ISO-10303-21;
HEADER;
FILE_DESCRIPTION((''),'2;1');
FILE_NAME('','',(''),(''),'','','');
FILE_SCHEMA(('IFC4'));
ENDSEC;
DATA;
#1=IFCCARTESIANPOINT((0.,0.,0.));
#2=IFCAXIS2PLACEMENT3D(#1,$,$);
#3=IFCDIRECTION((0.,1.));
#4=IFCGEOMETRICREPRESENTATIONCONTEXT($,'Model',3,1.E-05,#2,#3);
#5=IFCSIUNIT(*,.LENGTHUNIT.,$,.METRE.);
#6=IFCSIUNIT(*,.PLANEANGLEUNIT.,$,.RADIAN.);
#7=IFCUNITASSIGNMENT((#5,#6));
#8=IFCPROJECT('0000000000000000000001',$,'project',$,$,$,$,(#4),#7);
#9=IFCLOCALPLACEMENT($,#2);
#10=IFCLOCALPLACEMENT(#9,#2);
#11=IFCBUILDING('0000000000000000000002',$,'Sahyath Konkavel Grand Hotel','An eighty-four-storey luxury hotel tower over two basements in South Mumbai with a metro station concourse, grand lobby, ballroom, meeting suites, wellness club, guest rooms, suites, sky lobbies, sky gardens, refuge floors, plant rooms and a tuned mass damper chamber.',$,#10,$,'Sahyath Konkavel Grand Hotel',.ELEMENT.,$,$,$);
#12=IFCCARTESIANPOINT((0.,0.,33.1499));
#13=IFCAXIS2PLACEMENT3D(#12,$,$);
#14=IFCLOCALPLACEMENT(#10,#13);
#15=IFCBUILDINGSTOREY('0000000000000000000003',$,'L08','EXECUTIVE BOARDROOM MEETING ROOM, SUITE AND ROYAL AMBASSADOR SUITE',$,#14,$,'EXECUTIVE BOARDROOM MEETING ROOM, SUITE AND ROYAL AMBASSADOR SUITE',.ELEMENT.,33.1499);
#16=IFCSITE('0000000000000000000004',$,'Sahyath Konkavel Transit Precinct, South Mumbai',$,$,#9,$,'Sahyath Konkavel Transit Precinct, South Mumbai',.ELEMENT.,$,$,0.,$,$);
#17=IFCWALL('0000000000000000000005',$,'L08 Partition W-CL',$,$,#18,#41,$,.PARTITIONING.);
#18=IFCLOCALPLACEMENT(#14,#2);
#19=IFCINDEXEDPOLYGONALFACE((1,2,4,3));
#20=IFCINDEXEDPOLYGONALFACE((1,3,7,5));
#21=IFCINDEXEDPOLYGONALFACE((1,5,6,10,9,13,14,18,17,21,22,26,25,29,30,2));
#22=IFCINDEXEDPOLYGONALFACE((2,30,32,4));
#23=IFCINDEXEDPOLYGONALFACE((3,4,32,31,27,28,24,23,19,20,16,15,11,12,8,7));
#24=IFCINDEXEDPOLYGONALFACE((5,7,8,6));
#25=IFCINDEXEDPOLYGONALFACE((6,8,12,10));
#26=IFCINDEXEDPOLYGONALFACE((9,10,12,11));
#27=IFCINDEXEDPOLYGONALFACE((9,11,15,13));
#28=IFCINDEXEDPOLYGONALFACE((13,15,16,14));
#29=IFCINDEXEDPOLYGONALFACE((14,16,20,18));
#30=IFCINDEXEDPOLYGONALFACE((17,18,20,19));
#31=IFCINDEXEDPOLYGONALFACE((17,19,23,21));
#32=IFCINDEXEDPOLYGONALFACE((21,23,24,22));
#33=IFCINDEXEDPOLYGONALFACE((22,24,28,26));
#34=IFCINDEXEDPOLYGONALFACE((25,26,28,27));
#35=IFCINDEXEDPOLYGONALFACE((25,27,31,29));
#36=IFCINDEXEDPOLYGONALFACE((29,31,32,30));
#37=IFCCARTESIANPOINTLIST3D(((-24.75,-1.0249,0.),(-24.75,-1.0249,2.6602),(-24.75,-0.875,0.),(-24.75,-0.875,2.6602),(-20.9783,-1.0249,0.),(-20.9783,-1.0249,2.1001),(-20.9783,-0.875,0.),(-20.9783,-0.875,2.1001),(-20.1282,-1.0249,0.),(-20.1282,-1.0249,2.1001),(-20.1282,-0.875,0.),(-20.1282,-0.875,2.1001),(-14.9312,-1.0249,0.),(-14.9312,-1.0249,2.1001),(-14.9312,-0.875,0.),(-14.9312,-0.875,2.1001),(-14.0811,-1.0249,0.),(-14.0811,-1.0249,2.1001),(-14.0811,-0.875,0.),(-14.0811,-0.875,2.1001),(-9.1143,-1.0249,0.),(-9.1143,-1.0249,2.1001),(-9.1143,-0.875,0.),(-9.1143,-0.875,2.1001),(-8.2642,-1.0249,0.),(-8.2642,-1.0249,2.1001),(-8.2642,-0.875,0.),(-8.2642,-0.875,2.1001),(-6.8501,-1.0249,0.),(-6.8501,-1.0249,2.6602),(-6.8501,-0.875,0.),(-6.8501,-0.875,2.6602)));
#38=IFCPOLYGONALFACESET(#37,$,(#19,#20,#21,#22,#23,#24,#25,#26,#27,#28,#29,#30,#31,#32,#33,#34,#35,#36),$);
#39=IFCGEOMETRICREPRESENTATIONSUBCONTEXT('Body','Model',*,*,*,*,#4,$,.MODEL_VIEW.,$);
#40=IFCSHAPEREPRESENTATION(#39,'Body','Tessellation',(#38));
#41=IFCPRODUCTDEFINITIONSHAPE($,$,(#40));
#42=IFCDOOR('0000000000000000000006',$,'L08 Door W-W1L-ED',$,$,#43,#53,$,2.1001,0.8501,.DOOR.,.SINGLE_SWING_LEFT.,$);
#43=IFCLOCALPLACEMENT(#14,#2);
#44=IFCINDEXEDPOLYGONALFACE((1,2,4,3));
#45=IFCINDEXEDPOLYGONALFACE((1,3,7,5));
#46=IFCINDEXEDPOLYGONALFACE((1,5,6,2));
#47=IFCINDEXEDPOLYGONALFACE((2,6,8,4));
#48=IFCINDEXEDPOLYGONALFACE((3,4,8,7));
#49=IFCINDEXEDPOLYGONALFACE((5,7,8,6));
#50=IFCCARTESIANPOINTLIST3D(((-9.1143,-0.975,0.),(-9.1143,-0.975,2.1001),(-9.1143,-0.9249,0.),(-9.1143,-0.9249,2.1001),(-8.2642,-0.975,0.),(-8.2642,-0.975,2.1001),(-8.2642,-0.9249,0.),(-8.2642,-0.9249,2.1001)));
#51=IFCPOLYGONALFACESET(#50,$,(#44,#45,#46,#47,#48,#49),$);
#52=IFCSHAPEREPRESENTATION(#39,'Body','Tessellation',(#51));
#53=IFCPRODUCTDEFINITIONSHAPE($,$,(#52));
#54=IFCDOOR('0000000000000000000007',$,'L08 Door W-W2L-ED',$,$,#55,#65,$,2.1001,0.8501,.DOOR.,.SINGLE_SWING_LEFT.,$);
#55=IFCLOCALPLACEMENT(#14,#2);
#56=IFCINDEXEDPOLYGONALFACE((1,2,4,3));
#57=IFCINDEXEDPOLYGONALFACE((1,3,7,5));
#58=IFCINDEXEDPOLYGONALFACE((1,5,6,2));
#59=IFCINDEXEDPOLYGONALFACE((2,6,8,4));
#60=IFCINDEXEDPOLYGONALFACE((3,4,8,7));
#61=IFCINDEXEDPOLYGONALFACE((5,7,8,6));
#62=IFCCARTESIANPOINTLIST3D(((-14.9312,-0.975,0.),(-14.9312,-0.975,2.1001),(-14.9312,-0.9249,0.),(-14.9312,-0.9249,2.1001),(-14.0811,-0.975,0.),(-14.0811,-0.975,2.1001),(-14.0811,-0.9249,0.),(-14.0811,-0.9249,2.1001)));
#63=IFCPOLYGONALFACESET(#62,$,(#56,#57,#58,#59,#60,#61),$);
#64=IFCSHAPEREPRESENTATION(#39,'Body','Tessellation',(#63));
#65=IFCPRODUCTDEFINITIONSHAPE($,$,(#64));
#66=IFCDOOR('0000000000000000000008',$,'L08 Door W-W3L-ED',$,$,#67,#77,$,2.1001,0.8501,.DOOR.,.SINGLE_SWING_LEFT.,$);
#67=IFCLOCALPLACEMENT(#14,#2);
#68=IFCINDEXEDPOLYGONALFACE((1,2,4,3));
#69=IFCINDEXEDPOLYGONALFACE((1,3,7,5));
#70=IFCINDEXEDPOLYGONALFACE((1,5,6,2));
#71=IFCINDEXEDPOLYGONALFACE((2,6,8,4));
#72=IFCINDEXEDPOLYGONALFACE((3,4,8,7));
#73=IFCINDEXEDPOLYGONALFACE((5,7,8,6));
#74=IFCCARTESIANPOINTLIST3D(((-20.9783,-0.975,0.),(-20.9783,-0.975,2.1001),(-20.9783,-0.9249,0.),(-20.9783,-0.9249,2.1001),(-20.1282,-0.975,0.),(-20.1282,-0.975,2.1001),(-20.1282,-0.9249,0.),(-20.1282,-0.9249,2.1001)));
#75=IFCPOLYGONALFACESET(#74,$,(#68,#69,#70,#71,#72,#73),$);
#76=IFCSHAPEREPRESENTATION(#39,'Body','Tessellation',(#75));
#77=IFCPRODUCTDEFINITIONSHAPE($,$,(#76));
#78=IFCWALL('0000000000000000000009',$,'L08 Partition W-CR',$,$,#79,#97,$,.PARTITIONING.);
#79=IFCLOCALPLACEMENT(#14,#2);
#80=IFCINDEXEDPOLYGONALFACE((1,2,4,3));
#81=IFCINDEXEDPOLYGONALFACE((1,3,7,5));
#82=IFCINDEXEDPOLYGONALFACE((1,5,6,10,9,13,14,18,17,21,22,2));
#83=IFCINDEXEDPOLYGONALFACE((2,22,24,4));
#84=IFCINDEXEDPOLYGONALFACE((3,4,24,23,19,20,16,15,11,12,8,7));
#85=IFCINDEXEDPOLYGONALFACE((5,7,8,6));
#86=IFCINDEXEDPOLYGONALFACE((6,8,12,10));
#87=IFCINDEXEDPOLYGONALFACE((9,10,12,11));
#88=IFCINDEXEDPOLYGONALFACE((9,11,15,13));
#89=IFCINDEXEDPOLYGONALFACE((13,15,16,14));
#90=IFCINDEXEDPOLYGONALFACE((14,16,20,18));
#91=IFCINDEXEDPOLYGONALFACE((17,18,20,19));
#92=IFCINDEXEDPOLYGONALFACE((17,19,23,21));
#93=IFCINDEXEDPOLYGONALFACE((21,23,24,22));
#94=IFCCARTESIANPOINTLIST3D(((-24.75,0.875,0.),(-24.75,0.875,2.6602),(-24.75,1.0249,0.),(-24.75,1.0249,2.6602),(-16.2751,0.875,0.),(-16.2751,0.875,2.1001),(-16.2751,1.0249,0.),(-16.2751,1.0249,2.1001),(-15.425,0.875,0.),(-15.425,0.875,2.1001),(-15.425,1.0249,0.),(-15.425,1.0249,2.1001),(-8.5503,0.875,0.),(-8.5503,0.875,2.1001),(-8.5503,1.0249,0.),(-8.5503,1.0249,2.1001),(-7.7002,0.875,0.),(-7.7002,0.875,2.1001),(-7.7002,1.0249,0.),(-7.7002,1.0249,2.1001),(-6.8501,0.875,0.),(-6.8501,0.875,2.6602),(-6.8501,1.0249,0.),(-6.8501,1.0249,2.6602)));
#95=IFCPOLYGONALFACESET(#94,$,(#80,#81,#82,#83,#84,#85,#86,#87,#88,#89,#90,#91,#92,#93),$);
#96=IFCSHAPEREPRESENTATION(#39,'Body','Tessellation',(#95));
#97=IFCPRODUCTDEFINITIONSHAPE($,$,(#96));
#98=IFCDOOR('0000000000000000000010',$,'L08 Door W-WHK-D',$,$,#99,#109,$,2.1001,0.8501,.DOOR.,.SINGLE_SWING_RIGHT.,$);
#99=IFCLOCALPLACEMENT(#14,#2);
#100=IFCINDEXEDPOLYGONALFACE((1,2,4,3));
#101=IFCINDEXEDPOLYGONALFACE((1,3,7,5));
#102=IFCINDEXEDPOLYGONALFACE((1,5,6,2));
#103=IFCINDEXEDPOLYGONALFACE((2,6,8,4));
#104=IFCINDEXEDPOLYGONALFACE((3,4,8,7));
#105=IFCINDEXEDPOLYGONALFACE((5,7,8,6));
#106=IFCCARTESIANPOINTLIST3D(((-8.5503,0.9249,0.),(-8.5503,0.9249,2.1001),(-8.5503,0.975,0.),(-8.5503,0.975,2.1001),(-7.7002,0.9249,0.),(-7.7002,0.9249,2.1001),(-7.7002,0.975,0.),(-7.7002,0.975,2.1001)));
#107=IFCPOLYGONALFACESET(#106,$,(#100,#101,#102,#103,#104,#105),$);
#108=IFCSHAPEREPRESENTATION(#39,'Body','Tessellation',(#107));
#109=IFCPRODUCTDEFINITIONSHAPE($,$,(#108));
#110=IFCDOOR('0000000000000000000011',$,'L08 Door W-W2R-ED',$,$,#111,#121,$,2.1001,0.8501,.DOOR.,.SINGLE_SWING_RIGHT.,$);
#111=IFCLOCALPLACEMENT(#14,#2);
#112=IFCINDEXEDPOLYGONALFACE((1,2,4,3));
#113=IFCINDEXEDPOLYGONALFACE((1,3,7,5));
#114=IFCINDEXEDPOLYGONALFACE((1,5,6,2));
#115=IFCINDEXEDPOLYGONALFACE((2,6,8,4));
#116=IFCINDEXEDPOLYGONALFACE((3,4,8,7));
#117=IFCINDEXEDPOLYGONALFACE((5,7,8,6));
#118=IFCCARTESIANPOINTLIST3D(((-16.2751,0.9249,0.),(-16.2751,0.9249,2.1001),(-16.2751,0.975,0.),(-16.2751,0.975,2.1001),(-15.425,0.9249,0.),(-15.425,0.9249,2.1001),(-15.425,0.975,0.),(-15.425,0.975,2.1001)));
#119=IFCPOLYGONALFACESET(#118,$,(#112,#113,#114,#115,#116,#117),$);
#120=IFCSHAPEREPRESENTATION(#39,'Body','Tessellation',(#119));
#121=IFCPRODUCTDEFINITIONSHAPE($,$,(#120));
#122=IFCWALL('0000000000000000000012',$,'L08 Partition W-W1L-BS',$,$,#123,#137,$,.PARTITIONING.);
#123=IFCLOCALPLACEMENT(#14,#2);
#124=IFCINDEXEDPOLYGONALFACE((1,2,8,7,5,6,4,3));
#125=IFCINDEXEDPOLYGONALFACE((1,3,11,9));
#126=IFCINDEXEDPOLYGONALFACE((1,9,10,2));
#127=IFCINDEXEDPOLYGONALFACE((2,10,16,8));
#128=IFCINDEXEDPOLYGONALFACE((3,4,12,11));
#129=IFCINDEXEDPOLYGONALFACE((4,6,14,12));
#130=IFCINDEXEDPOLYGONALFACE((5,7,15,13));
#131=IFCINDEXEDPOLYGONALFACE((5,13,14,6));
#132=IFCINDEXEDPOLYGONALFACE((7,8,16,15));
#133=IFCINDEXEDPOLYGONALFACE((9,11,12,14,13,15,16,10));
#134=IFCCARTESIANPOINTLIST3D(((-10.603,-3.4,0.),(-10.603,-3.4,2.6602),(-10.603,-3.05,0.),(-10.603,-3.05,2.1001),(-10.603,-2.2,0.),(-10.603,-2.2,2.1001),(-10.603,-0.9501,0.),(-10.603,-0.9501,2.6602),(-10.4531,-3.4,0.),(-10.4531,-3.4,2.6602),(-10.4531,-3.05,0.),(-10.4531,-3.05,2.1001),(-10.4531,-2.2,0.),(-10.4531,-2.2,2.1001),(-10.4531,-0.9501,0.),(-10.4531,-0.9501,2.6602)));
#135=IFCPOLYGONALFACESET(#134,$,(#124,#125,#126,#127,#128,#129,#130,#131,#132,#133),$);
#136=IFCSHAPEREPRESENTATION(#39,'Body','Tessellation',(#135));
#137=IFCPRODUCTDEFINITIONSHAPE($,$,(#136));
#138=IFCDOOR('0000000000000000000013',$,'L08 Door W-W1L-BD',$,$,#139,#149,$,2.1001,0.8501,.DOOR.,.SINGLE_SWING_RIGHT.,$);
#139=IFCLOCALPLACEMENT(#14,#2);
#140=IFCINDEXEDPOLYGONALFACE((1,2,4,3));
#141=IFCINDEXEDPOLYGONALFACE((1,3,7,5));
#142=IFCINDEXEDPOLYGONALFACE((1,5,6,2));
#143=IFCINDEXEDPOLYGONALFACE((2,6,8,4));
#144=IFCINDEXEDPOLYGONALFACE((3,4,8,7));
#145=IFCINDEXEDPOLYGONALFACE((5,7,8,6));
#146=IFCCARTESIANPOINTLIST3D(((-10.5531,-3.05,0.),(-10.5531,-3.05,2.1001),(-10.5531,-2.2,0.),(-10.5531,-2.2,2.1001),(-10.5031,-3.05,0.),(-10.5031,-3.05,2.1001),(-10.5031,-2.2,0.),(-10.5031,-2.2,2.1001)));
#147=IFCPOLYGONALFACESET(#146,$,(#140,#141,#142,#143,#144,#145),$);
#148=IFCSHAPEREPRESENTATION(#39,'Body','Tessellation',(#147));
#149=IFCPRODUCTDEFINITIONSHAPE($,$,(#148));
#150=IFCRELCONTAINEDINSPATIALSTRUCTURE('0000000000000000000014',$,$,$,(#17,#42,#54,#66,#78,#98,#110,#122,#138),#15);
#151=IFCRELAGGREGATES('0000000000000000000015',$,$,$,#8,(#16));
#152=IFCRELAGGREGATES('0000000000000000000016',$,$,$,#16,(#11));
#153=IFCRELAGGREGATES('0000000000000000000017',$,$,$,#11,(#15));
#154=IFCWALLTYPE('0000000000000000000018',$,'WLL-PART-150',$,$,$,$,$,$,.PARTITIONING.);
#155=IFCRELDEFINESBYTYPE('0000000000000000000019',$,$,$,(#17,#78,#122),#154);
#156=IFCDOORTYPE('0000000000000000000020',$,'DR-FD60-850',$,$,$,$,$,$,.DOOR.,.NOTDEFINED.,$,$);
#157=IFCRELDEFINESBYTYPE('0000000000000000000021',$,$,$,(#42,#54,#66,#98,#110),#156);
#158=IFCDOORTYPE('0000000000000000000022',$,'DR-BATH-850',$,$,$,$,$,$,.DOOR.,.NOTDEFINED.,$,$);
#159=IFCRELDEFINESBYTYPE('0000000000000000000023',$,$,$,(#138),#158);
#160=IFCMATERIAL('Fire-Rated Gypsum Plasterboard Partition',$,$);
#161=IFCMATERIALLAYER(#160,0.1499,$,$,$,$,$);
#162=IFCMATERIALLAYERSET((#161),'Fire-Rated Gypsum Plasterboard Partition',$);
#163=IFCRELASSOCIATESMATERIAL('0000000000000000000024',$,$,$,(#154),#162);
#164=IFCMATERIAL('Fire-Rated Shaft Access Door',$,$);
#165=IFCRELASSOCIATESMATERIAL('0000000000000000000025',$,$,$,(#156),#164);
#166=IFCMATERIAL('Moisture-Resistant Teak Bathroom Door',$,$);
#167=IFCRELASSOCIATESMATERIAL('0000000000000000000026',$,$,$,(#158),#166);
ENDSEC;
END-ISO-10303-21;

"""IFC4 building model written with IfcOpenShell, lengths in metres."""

from ifc_helpers import new_model, si_unit, direction, frame, frame_2d, origin, origin_2d, place, context, subcontext, project, spatial, rectangle, extrude, source, transform, mapped, material, layer, layer_set, type_object, element, fill, save


model = new_model("IFC4")

# Units and contexts
model_context = context("Model", 3, precision=1e-05, world=origin(), true_north=direction((0.0, 1.0)))
body_context = subcontext(model_context, "Body", "Model", "MODEL_VIEW")
ifc_project = project(units=[si_unit("LENGTHUNIT", "METRE"), si_unit("PLANEANGLEUNIT", "RADIAN")], contexts=[model_context])

# Site, building, storey
site_placement = place(None, origin())
site = spatial("IfcSite", under=ifc_project, at=site_placement, Name="Sahyath Konkavel Transit Precinct, South Mumbai", LongName="Sahyath Konkavel Transit Precinct, South Mumbai", CompositionType="ELEMENT", RefElevation=0.0)
building_placement = place(site_placement, origin())
building = spatial("IfcBuilding", under=site, at=building_placement, Name="Sahyath Konkavel Grand Hotel", Description="An eighty-four-storey luxury hotel tower over two basements in South Mumbai with a metro station concourse, grand lobby, ballroom, meeting suites, wellness club, guest rooms, suites, sky lobbies, sky gardens, refuge floors, plant rooms and a tuned mass damper chamber.", LongName="Sahyath Konkavel Grand Hotel", CompositionType="ELEMENT")
storey_placement = place(building_placement, frame((0.0, 0.0, 33.1499)))
storey = spatial("IfcBuildingStorey", under=building, at=storey_placement, Name="L08", Description="EXECUTIVE BOARDROOM MEETING ROOM, SUITE AND ROYAL AMBASSADOR SUITE", LongName="EXECUTIVE BOARDROOM MEETING ROOM, SUITE AND ROYAL AMBASSADOR SUITE", CompositionType="ELEMENT", Elevation=33.1499)

# Shared definitions
ifc_material_1 = material(Name="Fire-Rated Gypsum Plasterboard Partition")
ifc_layer_1 = layer(ifc_material_1, 0.1499)
ifc_layer_set_1 = layer_set([ifc_layer_1], Name="Fire-Rated Gypsum Plasterboard Partition")
wall_type_1 = type_object("IfcWallType", Name="WLL-PART-150", PredefinedType="PARTITIONING", material=ifc_layer_set_1)
ifc_material_2 = material(Name="Fire-Rated Shaft Access Door")
door_type_1 = type_object("IfcDoorType", Name="DR-FD60-850", OperationType="NOTDEFINED", PredefinedType="DOOR", material=ifc_material_2)
shared_shape_1 = source(origin(), body_context, "Body", "SweptSolid", [
    extrude(rectangle(XDim=0.8501, YDim=0.05, at=origin_2d()), origin(), (0.0, 0.0, 1.0), 2.1001),
])

# Walls, openings, doors
wall_1_placement = place(storey_placement, frame((-6.8501, -0.95, 0.0), z_axis=(0.0, 0.0, 1.0), x_axis=(-1.0, 0.0, 0.0)))
wall_1 = element("IfcWall", 1, at=wall_1_placement, inside=storey, type_object=wall_type_1, Name="L08 Partition W-CL", PredefinedType="PARTITIONING", context=body_context, shape_type="SweptSolid", body=[
    extrude(rectangle(XDim=17.8999, YDim=0.1499, at=frame_2d((8.95, 0.0))), origin(), (0.0, 0.0, 1.0), 2.6602),
])
opening_1_placement = place(wall_1_placement, frame((1.4141, 0.0, 0.0)))
opening_1 = element("IfcOpeningElement", 2, at=opening_1_placement, cuts=wall_1, PredefinedType="OPENING", context=body_context, shape_type="SweptSolid", body=[
    extrude(rectangle(XDim=0.8501, YDim=2.1001, at=frame_2d((0.425, 1.05))), frame((0.0, 0.085, 0.0), z_axis=(0.0, -1.0, 0.0), x_axis=(1.0, 0.0, 0.0)), (0.0, 0.0, 1.0), 0.1699),
])
opening_2_placement = place(wall_1_placement, frame((7.231, 0.0, 0.0)))
opening_2 = element("IfcOpeningElement", 3, at=opening_2_placement, cuts=wall_1, PredefinedType="OPENING", context=body_context, shape_type="SweptSolid", body=[
    extrude(rectangle(XDim=0.8501, YDim=2.1001, at=frame_2d((0.425, 1.05))), frame((0.0, 0.085, 0.0), z_axis=(0.0, -1.0, 0.0), x_axis=(1.0, 0.0, 0.0)), (0.0, 0.0, 1.0), 0.1699),
])
opening_3_placement = place(wall_1_placement, frame((13.2781, 0.0, 0.0)))
opening_3 = element("IfcOpeningElement", 4, at=opening_3_placement, cuts=wall_1, PredefinedType="OPENING", context=body_context, shape_type="SweptSolid", body=[
    extrude(rectangle(XDim=0.8501, YDim=2.1001, at=frame_2d((0.425, 1.05))), frame((0.0, 0.085, 0.0), z_axis=(0.0, -1.0, 0.0), x_axis=(1.0, 0.0, 0.0)), (0.0, 0.0, 1.0), 0.1699),
])
door_1_placement = place(opening_1_placement, frame((0.425, 0.0, 0.0)))
door_1 = element("IfcDoor", 5, at=door_1_placement, inside=storey, type_object=door_type_1, Name="L08 Door W-W1L-ED", OperationType="SINGLE_SWING_LEFT", OverallHeight=2.1001, OverallWidth=0.8501, PredefinedType="DOOR", context=body_context, shape_type="MappedRepresentation", body=[
    mapped(shared_shape_1, transform((0.0, 0.0, 0.0), scale=1.0)),
])
fill(opening_1, door_1)
door_2_placement = place(opening_2_placement, frame((0.425, 0.0, 0.0)))
door_2 = element("IfcDoor", 6, at=door_2_placement, inside=storey, type_object=door_type_1, Name="L08 Door W-W2L-ED", OperationType="SINGLE_SWING_LEFT", OverallHeight=2.1001, OverallWidth=0.8501, PredefinedType="DOOR", context=body_context, shape_type="MappedRepresentation", body=[
    mapped(shared_shape_1, transform((0.0, 0.0, 0.0), scale=1.0)),
])
fill(opening_2, door_2)
door_3_placement = place(opening_3_placement, frame((0.425, 0.0, 0.0)))
door_3 = element("IfcDoor", 7, at=door_3_placement, inside=storey, type_object=door_type_1, Name="L08 Door W-W3L-ED", OperationType="SINGLE_SWING_LEFT", OverallHeight=2.1001, OverallWidth=0.8501, PredefinedType="DOOR", context=body_context, shape_type="MappedRepresentation", body=[
    mapped(shared_shape_1, transform((0.0, 0.0, 0.0), scale=1.0)),
])
fill(opening_3, door_3)
wall_2_placement = place(storey_placement, frame((-6.8501, 0.95, 0.0), z_axis=(0.0, 0.0, 1.0), x_axis=(-1.0, 0.0, 0.0)))
wall_2 = element("IfcWall", 8, at=wall_2_placement, inside=storey, type_object=wall_type_1, Name="L08 Partition W-CR", PredefinedType="PARTITIONING", context=body_context, shape_type="SweptSolid", body=[
    extrude(rectangle(XDim=17.8999, YDim=0.1499, at=frame_2d((8.95, 0.0))), origin(), (0.0, 0.0, 1.0), 2.6602),
])
opening_4_placement = place(wall_2_placement, frame((0.8501, 0.0, 0.0)))
opening_4 = element("IfcOpeningElement", 9, at=opening_4_placement, cuts=wall_2, PredefinedType="OPENING", context=body_context, shape_type="SweptSolid", body=[
    extrude(rectangle(XDim=0.8501, YDim=2.1001, at=frame_2d((0.425, 1.05))), frame((0.0, 0.085, 0.0), z_axis=(0.0, -1.0, 0.0), x_axis=(1.0, 0.0, 0.0)), (0.0, 0.0, 1.0), 0.1699),
])
opening_5_placement = place(wall_2_placement, frame((8.575, 0.0, 0.0)))
opening_5 = element("IfcOpeningElement", 10, at=opening_5_placement, cuts=wall_2, PredefinedType="OPENING", context=body_context, shape_type="SweptSolid", body=[
    extrude(rectangle(XDim=0.8501, YDim=2.1001, at=frame_2d((0.425, 1.05))), frame((0.0, 0.085, 0.0), z_axis=(0.0, -1.0, 0.0), x_axis=(1.0, 0.0, 0.0)), (0.0, 0.0, 1.0), 0.1699),
])
door_4_placement = place(opening_4_placement, frame((0.425, 0.0, 0.0)))
door_4 = element("IfcDoor", 11, at=door_4_placement, inside=storey, type_object=door_type_1, Name="L08 Door W-WHK-D", OperationType="SINGLE_SWING_RIGHT", OverallHeight=2.1001, OverallWidth=0.8501, PredefinedType="DOOR", context=body_context, shape_type="MappedRepresentation", body=[
    mapped(shared_shape_1, transform((0.0, 0.0, 0.0), scale=1.0)),
])
fill(opening_4, door_4)
door_5_placement = place(opening_5_placement, frame((0.425, 0.0, 0.0)))
door_5 = element("IfcDoor", 12, at=door_5_placement, inside=storey, type_object=door_type_1, Name="L08 Door W-W2R-ED", OperationType="SINGLE_SWING_RIGHT", OverallHeight=2.1001, OverallWidth=0.8501, PredefinedType="DOOR", context=body_context, shape_type="MappedRepresentation", body=[
    mapped(shared_shape_1, transform((0.0, 0.0, 0.0), scale=1.0)),
])
fill(opening_5, door_5)

# Wall, opening, door
wall_3_placement = place(storey_placement, frame((-10.5281, -0.95, 0.0), z_axis=(0.0, 0.0, 1.0), x_axis=(0.0, -1.0, 0.0)))
wall_3 = element("IfcWall", 13, at=wall_3_placement, inside=storey, type_object=wall_type_1, Name="L08 Partition W-W1L-BS", PredefinedType="PARTITIONING", context=body_context, shape_type="SweptSolid", body=[
    extrude(rectangle(XDim=2.45, YDim=0.1499, at=frame_2d((1.2251, 0.0))), origin(), (0.0, 0.0, 1.0), 2.6602),
])
opening_6_placement = place(wall_3_placement, frame((1.25, 0.0, 0.0)))
opening_6 = element("IfcOpeningElement", 14, at=opening_6_placement, cuts=wall_3, PredefinedType="OPENING", context=body_context, shape_type="SweptSolid", body=[
    extrude(rectangle(XDim=0.8501, YDim=2.1001, at=frame_2d((0.425, 1.05))), frame((0.0, 0.085, 0.0), z_axis=(0.0, -1.0, 0.0), x_axis=(1.0, 0.0, 0.0)), (0.0, 0.0, 1.0), 0.1699),
])
ifc_material_3 = material(Name="Moisture-Resistant Teak Bathroom Door")
door_type_2 = type_object("IfcDoorType", Name="DR-BATH-850", OperationType="NOTDEFINED", PredefinedType="DOOR", material=ifc_material_3)
door_6_placement = place(opening_6_placement, frame((0.425, 0.0, 0.0)))
door_6 = element("IfcDoor", 15, at=door_6_placement, inside=storey, type_object=door_type_2, Name="L08 Door W-W1L-BD", OperationType="SINGLE_SWING_RIGHT", OverallHeight=2.1001, OverallWidth=0.8501, PredefinedType="DOOR", context=body_context, shape_type="MappedRepresentation", body=[
    mapped(shared_shape_1, transform((0.0, 0.0, 0.0), scale=1.0)),
])
fill(opening_6, door_6)

save(model, "model.ifc")
